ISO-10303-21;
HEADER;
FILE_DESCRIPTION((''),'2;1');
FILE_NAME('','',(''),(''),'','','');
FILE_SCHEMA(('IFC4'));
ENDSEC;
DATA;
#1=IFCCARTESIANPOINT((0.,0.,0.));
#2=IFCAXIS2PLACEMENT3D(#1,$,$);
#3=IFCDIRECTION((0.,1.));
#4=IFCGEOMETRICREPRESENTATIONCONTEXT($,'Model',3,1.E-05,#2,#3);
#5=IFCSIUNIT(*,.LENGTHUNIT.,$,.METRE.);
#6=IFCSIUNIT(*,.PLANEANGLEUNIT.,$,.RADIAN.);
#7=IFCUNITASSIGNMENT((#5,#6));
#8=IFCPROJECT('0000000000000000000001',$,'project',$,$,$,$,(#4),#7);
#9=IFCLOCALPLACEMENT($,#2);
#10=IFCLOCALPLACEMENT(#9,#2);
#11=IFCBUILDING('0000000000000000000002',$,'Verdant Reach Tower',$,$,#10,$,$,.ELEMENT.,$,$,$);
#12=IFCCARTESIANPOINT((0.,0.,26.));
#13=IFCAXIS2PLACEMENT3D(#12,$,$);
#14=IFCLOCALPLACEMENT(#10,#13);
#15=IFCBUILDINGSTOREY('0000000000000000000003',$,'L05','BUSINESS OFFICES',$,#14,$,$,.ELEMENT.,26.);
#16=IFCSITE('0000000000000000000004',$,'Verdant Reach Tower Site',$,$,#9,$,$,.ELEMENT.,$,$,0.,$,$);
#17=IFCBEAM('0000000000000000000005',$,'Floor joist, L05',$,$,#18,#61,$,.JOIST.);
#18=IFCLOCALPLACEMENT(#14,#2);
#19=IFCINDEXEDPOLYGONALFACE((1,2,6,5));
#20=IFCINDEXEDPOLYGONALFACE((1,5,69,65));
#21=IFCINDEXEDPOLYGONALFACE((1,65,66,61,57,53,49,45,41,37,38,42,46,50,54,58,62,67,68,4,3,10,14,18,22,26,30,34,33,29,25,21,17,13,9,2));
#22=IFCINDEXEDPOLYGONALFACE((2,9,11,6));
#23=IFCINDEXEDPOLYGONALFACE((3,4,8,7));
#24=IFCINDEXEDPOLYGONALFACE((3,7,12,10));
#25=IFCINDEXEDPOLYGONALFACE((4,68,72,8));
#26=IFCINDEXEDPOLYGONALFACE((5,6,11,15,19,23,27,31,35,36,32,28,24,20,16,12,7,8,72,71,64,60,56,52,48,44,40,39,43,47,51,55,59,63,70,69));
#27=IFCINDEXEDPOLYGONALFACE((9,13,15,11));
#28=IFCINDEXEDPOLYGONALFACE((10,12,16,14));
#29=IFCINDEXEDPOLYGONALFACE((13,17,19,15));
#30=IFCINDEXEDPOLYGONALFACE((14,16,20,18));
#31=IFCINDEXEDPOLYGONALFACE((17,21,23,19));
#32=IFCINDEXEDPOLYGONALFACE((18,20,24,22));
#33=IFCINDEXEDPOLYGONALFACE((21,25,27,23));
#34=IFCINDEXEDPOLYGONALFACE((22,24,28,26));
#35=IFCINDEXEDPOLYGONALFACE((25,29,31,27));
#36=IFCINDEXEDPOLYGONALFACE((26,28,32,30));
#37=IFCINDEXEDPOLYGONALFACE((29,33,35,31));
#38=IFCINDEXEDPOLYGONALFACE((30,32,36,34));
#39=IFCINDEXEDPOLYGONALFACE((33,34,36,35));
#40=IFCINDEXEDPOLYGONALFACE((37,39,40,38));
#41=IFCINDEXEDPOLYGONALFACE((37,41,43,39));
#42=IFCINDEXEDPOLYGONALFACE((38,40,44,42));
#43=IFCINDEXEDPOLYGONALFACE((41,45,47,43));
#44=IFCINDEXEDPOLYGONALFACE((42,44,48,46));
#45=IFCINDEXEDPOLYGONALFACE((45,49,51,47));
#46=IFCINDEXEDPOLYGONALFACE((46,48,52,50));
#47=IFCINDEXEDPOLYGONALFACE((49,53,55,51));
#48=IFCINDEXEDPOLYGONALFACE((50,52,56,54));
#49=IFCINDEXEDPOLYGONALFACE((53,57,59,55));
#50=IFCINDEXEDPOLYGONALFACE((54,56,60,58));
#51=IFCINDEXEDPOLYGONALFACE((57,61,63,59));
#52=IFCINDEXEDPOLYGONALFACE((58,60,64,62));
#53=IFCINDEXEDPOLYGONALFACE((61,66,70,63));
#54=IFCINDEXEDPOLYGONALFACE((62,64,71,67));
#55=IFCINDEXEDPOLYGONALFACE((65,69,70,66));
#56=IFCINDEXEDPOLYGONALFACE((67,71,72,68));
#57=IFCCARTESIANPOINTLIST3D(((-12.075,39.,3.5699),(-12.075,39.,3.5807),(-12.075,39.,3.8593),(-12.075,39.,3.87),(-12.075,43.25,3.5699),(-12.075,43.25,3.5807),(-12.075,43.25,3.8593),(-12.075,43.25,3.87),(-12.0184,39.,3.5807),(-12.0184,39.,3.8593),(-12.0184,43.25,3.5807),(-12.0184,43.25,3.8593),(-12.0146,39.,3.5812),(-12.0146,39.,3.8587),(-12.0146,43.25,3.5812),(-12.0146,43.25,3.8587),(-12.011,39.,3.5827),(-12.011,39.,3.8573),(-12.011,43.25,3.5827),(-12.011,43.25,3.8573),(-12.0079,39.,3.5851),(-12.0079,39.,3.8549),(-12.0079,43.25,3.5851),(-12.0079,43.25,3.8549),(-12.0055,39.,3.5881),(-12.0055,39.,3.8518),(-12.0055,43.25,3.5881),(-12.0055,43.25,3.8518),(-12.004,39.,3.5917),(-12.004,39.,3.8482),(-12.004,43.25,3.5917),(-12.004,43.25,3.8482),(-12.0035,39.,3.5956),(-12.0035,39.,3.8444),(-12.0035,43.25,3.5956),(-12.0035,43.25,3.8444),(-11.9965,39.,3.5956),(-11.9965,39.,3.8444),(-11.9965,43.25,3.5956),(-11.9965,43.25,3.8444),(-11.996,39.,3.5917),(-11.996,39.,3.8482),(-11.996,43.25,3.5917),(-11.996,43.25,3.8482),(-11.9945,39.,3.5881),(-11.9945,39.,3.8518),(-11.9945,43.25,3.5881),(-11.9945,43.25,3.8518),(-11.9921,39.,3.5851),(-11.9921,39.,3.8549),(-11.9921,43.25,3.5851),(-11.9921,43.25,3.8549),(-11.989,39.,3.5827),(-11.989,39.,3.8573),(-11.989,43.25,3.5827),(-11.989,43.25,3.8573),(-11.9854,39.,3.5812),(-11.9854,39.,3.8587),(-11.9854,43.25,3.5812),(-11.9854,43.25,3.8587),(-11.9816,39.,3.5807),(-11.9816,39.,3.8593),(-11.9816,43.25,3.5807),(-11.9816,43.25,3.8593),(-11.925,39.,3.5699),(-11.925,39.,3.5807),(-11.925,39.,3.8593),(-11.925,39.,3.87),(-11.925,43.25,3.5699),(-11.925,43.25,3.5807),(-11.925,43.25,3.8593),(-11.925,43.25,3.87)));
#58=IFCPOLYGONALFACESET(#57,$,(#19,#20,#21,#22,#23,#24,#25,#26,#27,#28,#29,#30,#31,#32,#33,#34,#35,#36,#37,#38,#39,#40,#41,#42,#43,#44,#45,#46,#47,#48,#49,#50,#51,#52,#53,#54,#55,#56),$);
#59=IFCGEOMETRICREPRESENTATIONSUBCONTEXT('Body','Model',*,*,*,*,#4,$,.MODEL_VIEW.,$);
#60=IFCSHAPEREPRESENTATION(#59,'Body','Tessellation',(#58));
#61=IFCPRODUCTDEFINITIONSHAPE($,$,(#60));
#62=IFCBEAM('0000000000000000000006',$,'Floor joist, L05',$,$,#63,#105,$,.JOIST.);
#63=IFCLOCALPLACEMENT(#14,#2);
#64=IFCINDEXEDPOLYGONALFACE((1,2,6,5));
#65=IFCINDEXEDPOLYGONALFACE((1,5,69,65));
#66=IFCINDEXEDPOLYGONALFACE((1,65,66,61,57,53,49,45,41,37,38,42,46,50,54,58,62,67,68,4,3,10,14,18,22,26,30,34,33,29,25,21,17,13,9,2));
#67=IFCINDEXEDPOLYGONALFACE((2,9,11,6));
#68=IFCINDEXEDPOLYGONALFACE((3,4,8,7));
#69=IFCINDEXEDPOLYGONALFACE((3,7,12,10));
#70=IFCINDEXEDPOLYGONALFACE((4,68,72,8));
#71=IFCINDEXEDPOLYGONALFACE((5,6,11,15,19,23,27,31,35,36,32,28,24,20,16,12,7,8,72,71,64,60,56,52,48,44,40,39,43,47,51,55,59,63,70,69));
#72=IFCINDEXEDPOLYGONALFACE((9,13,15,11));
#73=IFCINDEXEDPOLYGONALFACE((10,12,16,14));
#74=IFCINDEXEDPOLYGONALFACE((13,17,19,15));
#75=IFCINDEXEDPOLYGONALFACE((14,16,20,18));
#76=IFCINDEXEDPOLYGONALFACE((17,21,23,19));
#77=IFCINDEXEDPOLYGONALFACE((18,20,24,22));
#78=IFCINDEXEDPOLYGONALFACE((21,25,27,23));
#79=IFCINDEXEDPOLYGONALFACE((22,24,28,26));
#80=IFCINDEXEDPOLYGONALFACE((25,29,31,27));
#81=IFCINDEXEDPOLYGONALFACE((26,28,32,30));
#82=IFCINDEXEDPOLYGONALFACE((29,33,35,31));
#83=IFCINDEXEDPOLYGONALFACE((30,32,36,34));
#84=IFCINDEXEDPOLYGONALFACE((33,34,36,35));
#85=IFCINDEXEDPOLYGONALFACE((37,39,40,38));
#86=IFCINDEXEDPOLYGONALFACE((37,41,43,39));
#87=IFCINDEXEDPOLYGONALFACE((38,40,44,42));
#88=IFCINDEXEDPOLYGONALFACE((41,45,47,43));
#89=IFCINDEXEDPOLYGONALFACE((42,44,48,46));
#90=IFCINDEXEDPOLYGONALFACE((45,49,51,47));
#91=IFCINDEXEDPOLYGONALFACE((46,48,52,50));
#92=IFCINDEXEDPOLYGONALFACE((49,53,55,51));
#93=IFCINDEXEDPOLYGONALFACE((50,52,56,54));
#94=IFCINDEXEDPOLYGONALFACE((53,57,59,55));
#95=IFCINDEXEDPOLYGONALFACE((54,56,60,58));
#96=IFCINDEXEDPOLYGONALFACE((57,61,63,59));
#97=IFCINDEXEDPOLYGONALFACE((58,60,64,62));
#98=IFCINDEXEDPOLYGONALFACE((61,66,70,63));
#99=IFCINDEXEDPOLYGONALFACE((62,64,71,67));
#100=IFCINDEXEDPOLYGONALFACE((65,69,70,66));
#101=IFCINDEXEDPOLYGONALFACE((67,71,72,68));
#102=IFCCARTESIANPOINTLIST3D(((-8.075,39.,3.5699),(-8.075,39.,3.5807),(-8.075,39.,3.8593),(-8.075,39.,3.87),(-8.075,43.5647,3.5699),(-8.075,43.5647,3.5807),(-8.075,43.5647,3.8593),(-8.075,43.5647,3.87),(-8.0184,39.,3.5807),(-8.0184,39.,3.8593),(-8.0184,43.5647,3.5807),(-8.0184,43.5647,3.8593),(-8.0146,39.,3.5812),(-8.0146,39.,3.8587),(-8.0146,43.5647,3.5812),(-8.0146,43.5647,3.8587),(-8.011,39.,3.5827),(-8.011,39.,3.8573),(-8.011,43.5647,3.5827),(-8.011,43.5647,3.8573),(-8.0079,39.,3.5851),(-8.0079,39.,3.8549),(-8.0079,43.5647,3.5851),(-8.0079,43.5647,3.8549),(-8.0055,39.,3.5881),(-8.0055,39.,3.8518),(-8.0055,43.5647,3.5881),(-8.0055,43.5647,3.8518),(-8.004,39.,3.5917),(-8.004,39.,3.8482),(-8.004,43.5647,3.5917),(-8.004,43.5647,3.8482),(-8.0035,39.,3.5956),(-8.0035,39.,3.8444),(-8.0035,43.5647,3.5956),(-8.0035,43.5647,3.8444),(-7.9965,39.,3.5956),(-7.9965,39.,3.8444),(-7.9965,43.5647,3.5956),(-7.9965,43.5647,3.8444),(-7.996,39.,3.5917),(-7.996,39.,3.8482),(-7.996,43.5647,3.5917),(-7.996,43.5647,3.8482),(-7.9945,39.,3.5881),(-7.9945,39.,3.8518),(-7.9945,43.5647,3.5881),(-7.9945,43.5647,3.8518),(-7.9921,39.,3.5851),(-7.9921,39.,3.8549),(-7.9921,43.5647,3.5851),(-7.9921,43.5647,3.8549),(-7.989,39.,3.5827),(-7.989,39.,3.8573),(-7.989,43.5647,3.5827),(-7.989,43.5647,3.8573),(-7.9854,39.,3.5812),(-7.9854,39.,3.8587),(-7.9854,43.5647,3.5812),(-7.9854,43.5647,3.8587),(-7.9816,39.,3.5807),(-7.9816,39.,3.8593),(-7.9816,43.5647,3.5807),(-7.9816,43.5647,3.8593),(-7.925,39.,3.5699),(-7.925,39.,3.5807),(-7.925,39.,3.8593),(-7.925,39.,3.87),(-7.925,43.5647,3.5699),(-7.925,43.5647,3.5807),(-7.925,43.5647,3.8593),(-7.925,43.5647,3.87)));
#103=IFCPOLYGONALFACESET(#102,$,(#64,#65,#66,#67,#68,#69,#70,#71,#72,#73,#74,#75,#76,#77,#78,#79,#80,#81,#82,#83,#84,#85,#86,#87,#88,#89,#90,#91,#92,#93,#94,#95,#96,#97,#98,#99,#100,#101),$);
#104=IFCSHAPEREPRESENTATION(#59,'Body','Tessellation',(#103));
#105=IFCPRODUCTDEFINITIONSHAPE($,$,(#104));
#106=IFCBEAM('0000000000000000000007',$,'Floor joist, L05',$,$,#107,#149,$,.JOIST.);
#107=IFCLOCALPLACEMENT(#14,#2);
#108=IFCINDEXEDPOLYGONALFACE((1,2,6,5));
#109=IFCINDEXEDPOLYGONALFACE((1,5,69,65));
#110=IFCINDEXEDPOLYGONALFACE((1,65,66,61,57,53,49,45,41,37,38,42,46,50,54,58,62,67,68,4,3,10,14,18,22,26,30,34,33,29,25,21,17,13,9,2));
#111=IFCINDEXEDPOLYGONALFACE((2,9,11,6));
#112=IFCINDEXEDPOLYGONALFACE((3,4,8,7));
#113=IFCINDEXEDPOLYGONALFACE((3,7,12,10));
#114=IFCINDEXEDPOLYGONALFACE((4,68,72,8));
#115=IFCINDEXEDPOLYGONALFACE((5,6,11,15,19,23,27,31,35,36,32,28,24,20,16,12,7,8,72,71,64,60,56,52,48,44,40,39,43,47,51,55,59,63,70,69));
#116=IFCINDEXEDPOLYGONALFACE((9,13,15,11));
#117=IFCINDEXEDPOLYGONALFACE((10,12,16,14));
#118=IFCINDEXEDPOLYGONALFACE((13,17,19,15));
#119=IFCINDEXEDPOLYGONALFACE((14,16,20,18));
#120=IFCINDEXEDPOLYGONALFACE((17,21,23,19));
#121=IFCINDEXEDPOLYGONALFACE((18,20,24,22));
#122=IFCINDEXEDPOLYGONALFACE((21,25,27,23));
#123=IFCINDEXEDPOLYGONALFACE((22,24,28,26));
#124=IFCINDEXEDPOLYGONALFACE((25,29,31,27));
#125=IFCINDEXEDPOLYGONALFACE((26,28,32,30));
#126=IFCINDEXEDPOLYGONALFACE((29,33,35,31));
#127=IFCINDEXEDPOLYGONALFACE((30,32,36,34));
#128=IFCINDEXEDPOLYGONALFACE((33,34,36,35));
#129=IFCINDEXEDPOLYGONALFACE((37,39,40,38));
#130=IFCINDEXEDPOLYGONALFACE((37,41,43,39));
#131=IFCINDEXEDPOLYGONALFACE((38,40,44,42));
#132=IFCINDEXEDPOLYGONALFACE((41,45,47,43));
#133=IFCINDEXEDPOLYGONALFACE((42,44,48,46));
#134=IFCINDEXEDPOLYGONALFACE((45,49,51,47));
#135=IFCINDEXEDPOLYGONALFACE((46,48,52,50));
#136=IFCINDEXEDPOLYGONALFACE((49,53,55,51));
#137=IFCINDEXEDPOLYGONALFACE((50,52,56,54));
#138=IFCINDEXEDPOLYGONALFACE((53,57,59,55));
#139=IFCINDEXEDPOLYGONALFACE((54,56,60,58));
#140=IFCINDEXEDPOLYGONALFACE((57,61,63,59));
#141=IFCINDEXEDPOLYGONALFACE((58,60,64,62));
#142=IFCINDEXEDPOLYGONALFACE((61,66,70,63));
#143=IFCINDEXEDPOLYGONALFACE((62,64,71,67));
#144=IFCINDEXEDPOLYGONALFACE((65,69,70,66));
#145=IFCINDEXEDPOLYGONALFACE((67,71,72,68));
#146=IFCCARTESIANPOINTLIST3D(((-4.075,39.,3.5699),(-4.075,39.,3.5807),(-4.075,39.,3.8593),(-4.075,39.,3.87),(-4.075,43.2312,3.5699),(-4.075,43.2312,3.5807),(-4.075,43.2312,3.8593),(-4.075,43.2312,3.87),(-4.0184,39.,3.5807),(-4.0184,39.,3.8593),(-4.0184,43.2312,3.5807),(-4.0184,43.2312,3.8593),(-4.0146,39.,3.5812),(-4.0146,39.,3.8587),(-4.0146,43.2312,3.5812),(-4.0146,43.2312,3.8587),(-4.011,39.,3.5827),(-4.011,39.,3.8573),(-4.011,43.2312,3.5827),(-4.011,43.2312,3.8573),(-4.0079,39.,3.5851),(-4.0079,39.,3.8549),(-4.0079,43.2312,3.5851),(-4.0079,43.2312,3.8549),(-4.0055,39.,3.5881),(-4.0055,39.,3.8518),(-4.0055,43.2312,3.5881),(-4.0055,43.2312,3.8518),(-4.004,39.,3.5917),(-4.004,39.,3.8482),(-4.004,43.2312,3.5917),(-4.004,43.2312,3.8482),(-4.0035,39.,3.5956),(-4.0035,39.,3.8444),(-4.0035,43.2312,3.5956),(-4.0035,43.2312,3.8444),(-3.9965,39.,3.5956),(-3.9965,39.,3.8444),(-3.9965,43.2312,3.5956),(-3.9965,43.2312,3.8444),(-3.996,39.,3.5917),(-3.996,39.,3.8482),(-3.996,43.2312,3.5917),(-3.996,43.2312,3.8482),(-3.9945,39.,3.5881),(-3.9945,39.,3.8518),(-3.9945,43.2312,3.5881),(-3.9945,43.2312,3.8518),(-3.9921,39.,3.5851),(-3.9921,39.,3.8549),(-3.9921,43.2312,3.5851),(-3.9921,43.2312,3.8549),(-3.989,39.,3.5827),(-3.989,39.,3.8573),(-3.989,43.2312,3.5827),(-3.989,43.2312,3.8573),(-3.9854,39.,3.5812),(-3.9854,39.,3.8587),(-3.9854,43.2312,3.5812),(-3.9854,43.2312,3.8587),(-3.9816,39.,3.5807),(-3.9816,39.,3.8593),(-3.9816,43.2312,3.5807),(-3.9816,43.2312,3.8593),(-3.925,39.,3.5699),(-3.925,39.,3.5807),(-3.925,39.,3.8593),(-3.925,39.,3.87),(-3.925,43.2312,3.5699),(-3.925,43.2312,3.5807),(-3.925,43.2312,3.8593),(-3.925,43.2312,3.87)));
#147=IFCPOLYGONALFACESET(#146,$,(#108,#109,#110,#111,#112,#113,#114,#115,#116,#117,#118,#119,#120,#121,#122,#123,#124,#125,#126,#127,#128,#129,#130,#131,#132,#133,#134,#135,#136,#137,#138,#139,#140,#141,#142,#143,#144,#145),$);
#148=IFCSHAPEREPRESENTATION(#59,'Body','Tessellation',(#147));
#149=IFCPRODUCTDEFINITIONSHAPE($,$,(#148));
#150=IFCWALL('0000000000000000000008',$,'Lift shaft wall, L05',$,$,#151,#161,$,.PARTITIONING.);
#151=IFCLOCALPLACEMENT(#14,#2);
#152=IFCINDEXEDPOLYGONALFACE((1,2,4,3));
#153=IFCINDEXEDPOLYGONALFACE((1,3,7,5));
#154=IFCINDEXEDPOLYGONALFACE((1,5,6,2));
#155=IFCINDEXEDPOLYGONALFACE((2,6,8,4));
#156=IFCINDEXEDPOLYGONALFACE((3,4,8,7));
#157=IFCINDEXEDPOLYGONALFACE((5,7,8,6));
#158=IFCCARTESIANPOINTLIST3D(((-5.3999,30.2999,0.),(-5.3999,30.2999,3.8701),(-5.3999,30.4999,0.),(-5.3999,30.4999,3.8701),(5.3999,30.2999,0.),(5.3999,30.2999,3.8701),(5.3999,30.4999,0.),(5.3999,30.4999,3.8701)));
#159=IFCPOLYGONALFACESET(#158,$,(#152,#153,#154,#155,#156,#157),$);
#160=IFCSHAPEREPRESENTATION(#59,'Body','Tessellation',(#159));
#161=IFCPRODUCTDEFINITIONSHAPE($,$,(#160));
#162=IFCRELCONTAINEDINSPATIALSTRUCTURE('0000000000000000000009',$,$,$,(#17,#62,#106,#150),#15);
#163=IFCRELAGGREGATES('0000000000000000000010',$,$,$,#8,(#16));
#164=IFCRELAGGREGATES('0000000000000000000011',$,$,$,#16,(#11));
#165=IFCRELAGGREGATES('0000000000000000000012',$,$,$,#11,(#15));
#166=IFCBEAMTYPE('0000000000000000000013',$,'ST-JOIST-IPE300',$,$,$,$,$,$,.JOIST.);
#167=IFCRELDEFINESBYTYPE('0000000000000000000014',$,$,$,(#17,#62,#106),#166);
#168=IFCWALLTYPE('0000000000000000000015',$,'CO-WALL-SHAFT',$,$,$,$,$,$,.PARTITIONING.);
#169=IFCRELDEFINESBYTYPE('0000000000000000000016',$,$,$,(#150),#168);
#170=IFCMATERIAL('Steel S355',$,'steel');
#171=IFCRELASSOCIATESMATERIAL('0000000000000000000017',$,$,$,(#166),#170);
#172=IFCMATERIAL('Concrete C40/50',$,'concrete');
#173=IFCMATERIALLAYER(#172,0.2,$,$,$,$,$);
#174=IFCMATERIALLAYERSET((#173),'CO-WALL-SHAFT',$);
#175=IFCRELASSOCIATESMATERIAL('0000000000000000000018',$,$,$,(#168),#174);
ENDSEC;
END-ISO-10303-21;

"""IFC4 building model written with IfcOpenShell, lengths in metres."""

from ifc_helpers import new_model, si_unit, direction, frame, frame_2d, origin, origin_2d, place, context, subcontext, project, spatial, rectangle, i_section, extrude, material, layer, layer_set, material_profile, profile_set, type_object, element, save


model = new_model("IFC4")

# Units and contexts
model_context = context("Model", 3, precision=1e-05, world=origin(), true_north=direction((0.0, 1.0)))
body_context = subcontext(model_context, "Body", "Model", "MODEL_VIEW")
ifc_project = project(units=[si_unit("LENGTHUNIT", "METRE"), si_unit("PLANEANGLEUNIT", "RADIAN")], contexts=[model_context])

# Site, building, storey
site_placement = place(None, origin())
site = spatial("IfcSite", under=ifc_project, at=site_placement, Name="Verdant Reach Tower Site", CompositionType="ELEMENT", RefElevation=0.0)
building_placement = place(site_placement, origin())
building = spatial("IfcBuilding", under=site, at=building_placement, Name="Verdant Reach Tower", CompositionType="ELEMENT")
storey_placement = place(building_placement, frame((0.0, 0.0, 26.0)))
storey = spatial("IfcBuildingStorey", under=building, at=storey_placement, Name="L05", Description="BUSINESS OFFICES", CompositionType="ELEMENT", Elevation=26.0)

# Beams
ifc_material_1 = material(Name="Steel S355", Category="steel")
ifc_material_profile = material_profile(ifc_material_1, i_section(OverallWidth=0.1499, OverallDepth=0.3, WebThickness=0.0071, FlangeThickness=0.0107, FilletRadius=0.0149, at=origin_2d()), Name="IPE 300")
ifc_profile_set = profile_set([ifc_material_profile], Name="Steel S355")
beam_type = type_object("IfcBeamType", Name="ST-JOIST-IPE300", PredefinedType="JOIST", material=ifc_profile_set)
beam_1_placement = place(storey_placement, frame((-12.0, 39.0, 3.72), z_axis=(0.0, 1.0, 0.0), x_axis=(-1.0, 0.0, 0.0)))
element("IfcBeam", 1, at=beam_1_placement, inside=storey, type_object=beam_type, Name="Floor joist, L05", PredefinedType="JOIST", context=body_context, shape_type="SweptSolid", body=[
    extrude(i_section(OverallWidth=0.1499, OverallDepth=0.3, WebThickness=0.0071, FlangeThickness=0.0107, FilletRadius=0.0149, at=origin_2d()), origin(), (0.0, 0.0, 1.0), 4.25),
])
beam_2_placement = place(storey_placement, frame((-8.0, 39.0, 3.72), z_axis=(0.0, 1.0, 0.0), x_axis=(-1.0, 0.0, 0.0)))
element("IfcBeam", 2, at=beam_2_placement, inside=storey, type_object=beam_type, Name="Floor joist, L05", PredefinedType="JOIST", context=body_context, shape_type="SweptSolid", body=[
    extrude(i_section(OverallWidth=0.1499, OverallDepth=0.3, WebThickness=0.0071, FlangeThickness=0.0107, FilletRadius=0.0149, at=origin_2d()), origin(), (0.0, 0.0, 1.0), 4.5647),
])
beam_3_placement = place(storey_placement, frame((-4.0, 39.0, 3.72), z_axis=(0.0, 1.0, 0.0), x_axis=(-1.0, 0.0, 0.0)))
element("IfcBeam", 3, at=beam_3_placement, inside=storey, type_object=beam_type, Name="Floor joist, L05", PredefinedType="JOIST", context=body_context, shape_type="SweptSolid", body=[
    extrude(i_section(OverallWidth=0.1499, OverallDepth=0.3, WebThickness=0.0071, FlangeThickness=0.0107, FilletRadius=0.0149, at=origin_2d()), origin(), (0.0, 0.0, 1.0), 4.2312),
])

# Wall
ifc_material_2 = material(Name="Concrete C40/50", Category="concrete")
ifc_layer_1 = layer(ifc_material_2, 0.2)
ifc_layer_set_1 = layer_set([ifc_layer_1], Name="CO-WALL-SHAFT")
wall_type_1 = type_object("IfcWallType", Name="CO-WALL-SHAFT", PredefinedType="PARTITIONING", material=ifc_layer_set_1)
wall_1_placement = place(storey_placement, frame((-5.3999, 30.3999, 0.0), z_axis=(0.0, 0.0, 1.0), x_axis=(1.0, 0.0, 0.0)))
element("IfcWall", 4, at=wall_1_placement, inside=storey, type_object=wall_type_1, Name="Lift shaft wall, L05", PredefinedType="PARTITIONING", context=body_context, shape_type="SweptSolid", body=[
    extrude(rectangle(XDim=10.7998, YDim=0.2, at=frame_2d((5.3999, 0.0))), origin(), (0.0, 0.0, 1.0), 3.8701),
])

save(model, "model.ifc")
